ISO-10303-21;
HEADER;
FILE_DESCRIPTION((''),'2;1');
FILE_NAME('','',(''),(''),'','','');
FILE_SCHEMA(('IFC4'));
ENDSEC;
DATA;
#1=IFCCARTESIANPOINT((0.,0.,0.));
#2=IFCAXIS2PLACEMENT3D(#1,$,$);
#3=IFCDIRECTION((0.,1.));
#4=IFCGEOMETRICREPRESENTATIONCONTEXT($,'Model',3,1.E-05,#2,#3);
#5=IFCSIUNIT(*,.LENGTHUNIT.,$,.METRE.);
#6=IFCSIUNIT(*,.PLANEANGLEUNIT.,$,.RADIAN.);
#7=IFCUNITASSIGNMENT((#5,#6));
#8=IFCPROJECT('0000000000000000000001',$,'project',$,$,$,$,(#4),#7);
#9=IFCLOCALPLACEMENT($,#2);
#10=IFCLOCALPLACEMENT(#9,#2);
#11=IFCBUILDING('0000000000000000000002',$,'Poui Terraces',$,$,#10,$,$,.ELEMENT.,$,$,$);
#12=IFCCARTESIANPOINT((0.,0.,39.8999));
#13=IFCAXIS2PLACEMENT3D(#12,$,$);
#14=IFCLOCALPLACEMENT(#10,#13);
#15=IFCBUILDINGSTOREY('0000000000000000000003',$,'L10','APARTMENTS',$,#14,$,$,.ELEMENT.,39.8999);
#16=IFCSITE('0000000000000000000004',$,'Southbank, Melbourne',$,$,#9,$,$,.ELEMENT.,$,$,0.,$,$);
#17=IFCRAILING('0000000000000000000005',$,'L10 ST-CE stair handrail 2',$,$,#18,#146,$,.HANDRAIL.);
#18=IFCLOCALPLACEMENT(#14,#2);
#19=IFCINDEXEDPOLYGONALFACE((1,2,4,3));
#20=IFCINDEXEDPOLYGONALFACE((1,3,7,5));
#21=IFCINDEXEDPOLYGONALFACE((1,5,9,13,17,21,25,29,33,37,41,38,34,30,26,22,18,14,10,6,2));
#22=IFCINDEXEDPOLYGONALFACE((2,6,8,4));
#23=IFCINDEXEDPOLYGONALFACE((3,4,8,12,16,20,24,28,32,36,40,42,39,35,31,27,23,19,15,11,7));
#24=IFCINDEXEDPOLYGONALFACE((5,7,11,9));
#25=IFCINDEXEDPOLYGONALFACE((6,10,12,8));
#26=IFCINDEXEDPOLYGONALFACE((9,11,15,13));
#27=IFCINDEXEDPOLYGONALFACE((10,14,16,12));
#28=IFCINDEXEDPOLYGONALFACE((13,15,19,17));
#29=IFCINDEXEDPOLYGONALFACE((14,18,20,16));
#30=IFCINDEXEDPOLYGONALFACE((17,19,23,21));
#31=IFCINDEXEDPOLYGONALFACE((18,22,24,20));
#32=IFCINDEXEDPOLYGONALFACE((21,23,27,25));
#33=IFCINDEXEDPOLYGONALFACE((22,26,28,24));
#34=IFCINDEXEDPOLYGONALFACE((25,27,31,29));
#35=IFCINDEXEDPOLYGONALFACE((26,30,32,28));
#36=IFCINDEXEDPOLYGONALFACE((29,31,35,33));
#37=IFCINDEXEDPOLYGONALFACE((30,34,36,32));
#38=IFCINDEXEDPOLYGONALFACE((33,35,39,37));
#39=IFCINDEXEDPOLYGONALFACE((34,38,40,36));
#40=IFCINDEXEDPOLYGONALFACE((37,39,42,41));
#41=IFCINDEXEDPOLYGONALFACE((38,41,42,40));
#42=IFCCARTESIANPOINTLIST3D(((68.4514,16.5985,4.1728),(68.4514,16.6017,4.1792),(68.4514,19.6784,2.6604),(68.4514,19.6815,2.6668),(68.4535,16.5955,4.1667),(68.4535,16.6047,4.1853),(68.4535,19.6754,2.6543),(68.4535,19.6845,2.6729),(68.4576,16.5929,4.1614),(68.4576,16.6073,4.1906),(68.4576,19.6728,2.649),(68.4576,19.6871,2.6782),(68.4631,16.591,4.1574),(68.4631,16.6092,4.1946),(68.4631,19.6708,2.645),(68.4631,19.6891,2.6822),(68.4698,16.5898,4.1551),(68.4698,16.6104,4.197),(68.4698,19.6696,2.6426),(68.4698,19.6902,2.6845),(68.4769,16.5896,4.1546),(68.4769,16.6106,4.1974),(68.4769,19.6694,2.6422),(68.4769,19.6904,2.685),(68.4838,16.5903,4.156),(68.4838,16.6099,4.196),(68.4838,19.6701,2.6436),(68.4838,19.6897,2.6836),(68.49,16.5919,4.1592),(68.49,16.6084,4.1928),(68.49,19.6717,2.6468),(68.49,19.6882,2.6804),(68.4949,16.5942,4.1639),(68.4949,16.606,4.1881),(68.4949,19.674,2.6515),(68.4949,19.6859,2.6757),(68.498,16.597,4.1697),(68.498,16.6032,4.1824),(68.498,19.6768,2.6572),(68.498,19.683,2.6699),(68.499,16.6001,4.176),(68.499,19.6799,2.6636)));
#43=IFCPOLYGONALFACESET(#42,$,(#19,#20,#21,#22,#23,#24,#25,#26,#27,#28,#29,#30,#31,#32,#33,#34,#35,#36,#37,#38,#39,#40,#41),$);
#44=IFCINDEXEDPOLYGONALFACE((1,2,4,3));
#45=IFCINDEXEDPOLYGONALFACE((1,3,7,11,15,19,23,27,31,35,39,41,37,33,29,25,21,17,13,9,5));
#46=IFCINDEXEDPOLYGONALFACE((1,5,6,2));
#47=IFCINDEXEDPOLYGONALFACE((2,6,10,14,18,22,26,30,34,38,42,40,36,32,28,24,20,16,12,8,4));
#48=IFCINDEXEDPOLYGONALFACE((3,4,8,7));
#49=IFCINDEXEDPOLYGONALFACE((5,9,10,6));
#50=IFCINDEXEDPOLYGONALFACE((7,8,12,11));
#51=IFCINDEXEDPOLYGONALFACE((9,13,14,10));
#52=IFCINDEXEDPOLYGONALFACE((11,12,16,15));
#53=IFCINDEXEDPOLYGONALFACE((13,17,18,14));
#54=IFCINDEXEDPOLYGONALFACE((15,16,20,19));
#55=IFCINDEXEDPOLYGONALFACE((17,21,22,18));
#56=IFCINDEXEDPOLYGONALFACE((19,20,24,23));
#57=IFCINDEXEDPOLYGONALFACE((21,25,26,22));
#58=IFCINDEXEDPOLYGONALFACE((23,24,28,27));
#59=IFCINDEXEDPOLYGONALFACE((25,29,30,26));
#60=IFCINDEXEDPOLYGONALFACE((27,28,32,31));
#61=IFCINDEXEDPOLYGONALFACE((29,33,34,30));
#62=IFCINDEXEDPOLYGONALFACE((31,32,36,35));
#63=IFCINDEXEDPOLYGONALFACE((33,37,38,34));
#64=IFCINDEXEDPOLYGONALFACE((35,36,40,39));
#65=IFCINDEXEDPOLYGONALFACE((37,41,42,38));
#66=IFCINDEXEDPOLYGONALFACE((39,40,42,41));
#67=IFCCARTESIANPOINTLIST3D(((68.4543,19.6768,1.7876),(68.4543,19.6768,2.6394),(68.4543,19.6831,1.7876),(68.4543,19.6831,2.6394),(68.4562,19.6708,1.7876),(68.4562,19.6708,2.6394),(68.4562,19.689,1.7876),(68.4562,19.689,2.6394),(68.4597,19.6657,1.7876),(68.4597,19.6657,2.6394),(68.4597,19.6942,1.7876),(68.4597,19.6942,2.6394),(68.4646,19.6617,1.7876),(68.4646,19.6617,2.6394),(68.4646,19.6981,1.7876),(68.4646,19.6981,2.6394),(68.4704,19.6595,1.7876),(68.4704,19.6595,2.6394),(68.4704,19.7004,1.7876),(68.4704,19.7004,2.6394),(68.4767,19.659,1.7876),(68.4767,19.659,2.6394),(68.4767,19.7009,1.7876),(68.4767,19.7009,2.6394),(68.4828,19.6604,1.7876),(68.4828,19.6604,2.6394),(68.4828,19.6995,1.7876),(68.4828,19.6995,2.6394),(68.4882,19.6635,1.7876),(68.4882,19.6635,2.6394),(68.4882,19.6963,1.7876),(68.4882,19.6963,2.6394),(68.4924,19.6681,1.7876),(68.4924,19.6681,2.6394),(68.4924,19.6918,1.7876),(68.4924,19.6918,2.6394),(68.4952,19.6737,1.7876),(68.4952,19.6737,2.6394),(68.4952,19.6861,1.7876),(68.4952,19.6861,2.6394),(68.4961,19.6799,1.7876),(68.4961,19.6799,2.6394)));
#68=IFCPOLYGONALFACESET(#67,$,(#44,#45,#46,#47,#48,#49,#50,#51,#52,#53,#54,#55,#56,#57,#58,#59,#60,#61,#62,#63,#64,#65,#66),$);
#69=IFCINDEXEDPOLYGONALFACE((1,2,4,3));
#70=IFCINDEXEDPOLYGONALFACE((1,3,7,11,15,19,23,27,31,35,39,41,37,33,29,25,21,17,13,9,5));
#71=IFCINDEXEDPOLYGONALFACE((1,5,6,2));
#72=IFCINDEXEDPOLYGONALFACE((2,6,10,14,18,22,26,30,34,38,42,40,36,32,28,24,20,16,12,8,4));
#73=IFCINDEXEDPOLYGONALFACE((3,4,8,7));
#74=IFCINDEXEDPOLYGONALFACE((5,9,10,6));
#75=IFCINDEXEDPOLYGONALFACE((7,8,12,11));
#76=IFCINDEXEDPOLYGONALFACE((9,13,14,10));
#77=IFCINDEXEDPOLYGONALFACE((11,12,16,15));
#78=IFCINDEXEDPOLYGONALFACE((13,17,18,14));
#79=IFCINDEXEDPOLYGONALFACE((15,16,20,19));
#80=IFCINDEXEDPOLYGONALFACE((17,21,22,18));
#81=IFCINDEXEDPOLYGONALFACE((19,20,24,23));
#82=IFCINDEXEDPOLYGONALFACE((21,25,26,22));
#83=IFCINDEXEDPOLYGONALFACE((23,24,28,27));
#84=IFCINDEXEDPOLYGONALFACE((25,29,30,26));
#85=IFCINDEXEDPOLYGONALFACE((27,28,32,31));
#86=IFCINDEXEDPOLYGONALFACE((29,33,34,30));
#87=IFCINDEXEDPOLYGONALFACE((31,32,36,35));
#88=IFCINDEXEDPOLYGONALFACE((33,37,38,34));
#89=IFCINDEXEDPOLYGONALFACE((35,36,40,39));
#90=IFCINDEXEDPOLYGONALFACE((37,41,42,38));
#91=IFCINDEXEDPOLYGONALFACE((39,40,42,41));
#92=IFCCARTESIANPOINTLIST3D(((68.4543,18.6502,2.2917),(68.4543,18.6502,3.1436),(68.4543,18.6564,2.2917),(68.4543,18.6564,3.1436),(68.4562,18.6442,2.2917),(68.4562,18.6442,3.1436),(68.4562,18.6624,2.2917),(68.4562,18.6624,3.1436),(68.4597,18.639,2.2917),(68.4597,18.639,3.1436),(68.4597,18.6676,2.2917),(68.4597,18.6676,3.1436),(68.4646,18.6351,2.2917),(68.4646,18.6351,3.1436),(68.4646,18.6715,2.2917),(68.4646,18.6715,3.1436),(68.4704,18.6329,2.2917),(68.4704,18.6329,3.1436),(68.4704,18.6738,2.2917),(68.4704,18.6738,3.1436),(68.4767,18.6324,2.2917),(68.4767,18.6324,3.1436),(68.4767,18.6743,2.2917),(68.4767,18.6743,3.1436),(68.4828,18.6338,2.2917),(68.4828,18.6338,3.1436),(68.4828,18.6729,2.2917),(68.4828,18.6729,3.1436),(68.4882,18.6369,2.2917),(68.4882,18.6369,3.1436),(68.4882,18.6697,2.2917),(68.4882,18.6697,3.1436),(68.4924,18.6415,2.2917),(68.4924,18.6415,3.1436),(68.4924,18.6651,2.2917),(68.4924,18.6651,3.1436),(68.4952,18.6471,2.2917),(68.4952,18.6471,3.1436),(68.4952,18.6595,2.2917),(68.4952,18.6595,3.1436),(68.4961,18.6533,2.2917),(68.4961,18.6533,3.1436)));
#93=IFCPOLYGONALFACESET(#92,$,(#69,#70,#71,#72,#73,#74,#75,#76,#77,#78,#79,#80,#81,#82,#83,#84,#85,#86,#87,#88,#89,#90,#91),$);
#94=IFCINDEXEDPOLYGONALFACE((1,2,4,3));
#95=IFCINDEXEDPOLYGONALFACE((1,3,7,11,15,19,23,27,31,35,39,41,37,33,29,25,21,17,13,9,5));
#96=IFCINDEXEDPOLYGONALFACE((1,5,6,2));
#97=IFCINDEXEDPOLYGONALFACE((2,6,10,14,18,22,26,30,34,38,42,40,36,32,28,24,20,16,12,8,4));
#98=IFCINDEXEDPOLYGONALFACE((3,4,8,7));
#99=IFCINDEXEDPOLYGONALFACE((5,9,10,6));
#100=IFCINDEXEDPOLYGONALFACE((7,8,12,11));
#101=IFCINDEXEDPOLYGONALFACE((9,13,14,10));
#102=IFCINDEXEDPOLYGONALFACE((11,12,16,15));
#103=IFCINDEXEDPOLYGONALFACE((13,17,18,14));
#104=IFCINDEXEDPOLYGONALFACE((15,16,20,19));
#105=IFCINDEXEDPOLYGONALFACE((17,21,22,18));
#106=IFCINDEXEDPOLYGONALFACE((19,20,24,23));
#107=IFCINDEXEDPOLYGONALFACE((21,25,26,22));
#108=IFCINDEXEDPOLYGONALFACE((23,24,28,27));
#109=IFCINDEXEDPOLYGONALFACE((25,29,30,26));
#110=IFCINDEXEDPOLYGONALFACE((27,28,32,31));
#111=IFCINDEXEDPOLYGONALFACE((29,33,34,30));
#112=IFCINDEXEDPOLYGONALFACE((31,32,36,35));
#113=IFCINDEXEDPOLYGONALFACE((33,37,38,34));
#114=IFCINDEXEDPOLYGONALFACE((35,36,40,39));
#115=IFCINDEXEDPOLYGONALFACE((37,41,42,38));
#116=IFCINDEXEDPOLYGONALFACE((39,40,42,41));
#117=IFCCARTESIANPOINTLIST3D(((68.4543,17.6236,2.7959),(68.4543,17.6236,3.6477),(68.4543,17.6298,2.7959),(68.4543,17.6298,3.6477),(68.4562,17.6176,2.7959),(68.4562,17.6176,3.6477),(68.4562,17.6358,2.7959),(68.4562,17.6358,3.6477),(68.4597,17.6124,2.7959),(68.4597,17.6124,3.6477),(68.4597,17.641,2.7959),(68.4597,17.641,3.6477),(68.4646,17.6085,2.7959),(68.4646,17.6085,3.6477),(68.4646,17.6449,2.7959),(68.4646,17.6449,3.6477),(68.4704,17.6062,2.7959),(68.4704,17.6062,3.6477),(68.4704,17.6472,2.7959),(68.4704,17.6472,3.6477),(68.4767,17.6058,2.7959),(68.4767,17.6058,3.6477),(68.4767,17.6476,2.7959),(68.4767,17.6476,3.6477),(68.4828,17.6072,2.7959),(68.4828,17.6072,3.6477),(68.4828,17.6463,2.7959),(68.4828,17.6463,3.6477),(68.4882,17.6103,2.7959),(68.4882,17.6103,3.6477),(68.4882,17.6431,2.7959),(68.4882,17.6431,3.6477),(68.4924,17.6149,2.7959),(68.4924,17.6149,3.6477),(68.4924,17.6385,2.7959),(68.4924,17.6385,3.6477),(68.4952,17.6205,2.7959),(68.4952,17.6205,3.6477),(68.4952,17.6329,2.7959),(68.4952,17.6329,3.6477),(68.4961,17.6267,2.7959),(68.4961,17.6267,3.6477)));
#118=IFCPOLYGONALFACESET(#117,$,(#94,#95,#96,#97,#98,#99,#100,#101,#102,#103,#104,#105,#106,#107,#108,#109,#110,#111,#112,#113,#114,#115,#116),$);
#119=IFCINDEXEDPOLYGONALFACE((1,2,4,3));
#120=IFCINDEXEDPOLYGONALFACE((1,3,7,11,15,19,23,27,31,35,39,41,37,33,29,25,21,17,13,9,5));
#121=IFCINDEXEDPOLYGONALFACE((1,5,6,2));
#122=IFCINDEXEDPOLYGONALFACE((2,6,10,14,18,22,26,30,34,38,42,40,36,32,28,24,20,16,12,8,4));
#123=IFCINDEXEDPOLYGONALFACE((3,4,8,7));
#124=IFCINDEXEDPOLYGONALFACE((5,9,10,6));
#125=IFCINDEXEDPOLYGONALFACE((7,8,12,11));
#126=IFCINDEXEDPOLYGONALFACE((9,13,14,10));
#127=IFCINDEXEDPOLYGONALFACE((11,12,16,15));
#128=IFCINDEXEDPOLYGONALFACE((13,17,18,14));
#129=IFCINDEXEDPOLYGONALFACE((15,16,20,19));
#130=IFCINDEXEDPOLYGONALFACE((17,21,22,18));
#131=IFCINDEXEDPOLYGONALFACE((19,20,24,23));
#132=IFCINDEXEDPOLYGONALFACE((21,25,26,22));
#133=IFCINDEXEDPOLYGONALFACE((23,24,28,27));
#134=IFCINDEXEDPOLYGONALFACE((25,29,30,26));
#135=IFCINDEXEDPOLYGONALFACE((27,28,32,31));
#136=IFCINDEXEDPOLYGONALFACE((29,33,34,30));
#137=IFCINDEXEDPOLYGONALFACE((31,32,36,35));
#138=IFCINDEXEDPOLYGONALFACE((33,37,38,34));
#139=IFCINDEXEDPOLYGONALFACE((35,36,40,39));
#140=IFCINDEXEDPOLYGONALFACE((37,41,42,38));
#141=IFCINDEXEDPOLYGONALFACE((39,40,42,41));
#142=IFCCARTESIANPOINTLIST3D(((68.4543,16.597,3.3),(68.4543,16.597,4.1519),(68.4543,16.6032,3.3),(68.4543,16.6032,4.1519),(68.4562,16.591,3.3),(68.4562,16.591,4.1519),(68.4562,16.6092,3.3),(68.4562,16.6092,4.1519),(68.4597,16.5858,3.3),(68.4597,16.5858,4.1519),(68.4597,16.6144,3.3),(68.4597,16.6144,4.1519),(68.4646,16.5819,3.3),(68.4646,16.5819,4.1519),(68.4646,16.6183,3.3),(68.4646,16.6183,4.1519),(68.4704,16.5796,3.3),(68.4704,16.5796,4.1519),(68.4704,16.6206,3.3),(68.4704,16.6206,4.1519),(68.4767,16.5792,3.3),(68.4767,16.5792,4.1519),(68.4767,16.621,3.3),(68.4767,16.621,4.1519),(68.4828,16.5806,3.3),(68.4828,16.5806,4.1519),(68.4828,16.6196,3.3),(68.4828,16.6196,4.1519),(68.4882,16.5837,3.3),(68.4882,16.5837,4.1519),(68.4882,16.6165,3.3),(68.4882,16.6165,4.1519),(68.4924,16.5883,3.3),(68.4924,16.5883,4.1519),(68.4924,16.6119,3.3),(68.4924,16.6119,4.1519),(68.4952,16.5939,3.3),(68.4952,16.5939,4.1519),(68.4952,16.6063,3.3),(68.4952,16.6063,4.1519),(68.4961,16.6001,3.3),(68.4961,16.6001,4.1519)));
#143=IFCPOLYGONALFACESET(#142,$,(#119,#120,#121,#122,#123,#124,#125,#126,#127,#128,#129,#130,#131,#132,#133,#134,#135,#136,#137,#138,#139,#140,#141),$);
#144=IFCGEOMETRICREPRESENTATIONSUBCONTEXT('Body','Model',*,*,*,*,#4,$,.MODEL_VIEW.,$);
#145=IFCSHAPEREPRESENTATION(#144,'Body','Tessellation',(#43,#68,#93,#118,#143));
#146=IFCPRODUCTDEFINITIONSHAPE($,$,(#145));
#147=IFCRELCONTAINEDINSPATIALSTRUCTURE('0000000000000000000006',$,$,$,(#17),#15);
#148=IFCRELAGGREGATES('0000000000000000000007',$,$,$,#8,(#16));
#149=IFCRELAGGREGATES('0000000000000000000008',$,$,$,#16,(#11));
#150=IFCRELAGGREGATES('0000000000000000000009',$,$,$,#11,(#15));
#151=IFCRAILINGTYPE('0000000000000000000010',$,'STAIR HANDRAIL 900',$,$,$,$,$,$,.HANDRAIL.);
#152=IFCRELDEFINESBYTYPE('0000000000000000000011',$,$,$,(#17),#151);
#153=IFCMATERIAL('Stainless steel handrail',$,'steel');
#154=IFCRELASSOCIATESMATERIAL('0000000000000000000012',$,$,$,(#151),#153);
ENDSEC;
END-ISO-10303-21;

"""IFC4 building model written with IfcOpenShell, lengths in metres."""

from ifc_helpers import new_model, si_unit, direction, frame, origin, origin_2d, place, context, subcontext, project, spatial, circle, extrude, material, type_object, element, save


model = new_model("IFC4")

# Units and contexts
model_context = context("Model", 3, precision=1e-05, world=origin(), true_north=direction((0.0, 1.0)))
body_context = subcontext(model_context, "Body", "Model", "MODEL_VIEW")
ifc_project = project(units=[si_unit("LENGTHUNIT", "METRE"), si_unit("PLANEANGLEUNIT", "RADIAN")], contexts=[model_context])

# Site, building, storey
site_placement = place(None, origin())
site = spatial("IfcSite", under=ifc_project, at=site_placement, Name="Southbank, Melbourne", CompositionType="ELEMENT", RefElevation=0.0)
building_placement = place(site_placement, origin())
building = spatial("IfcBuilding", under=site, at=building_placement, Name="Poui Terraces", CompositionType="ELEMENT")
storey_placement = place(building_placement, frame((0.0, 0.0, 39.8999)))
storey = spatial("IfcBuildingStorey", under=building, at=storey_placement, Name="L10", Description="APARTMENTS", CompositionType="ELEMENT", Elevation=39.8999)

# Railing
ifc_material_1 = material(Name="Stainless steel handrail", Category="steel")
railing_type_1 = type_object("IfcRailingType", Name="STAIR HANDRAIL 900", PredefinedType="HANDRAIL", material=ifc_material_1)
railing_1_placement = place(storey_placement, frame((68.4751, 19.6799, 1.7876)))
element("IfcRailing", 1, at=railing_1_placement, inside=storey, type_object=railing_type_1, Name="L10 ST-CE stair handrail 2", PredefinedType="HANDRAIL", context=body_context, shape_type="SweptSolid", body=[
    extrude(circle(Radius=0.0239, at=origin_2d()), frame((0.0, 0.0, 0.876), z_axis=(0.0, -0.897606, 0.440798), x_axis=(1.0, 0.0, 0.0)), (0.0, 0.0, 1.0), 3.4312),
    extrude(circle(Radius=0.021, at=origin_2d()), origin(), (0.0, 0.0, 1.0), 0.8518),
    extrude(circle(Radius=0.021, at=origin_2d()), frame((0.0, -1.0266, 0.5042)), (0.0, 0.0, 1.0), 0.8518),
    extrude(circle(Radius=0.021, at=origin_2d()), frame((0.0, -2.0532, 1.0083)), (0.0, 0.0, 1.0), 0.8518),
    extrude(circle(Radius=0.021, at=origin_2d()), frame((0.0, -3.0798, 1.5125)), (0.0, 0.0, 1.0), 0.8518),
])

save(model, "model.ifc")
